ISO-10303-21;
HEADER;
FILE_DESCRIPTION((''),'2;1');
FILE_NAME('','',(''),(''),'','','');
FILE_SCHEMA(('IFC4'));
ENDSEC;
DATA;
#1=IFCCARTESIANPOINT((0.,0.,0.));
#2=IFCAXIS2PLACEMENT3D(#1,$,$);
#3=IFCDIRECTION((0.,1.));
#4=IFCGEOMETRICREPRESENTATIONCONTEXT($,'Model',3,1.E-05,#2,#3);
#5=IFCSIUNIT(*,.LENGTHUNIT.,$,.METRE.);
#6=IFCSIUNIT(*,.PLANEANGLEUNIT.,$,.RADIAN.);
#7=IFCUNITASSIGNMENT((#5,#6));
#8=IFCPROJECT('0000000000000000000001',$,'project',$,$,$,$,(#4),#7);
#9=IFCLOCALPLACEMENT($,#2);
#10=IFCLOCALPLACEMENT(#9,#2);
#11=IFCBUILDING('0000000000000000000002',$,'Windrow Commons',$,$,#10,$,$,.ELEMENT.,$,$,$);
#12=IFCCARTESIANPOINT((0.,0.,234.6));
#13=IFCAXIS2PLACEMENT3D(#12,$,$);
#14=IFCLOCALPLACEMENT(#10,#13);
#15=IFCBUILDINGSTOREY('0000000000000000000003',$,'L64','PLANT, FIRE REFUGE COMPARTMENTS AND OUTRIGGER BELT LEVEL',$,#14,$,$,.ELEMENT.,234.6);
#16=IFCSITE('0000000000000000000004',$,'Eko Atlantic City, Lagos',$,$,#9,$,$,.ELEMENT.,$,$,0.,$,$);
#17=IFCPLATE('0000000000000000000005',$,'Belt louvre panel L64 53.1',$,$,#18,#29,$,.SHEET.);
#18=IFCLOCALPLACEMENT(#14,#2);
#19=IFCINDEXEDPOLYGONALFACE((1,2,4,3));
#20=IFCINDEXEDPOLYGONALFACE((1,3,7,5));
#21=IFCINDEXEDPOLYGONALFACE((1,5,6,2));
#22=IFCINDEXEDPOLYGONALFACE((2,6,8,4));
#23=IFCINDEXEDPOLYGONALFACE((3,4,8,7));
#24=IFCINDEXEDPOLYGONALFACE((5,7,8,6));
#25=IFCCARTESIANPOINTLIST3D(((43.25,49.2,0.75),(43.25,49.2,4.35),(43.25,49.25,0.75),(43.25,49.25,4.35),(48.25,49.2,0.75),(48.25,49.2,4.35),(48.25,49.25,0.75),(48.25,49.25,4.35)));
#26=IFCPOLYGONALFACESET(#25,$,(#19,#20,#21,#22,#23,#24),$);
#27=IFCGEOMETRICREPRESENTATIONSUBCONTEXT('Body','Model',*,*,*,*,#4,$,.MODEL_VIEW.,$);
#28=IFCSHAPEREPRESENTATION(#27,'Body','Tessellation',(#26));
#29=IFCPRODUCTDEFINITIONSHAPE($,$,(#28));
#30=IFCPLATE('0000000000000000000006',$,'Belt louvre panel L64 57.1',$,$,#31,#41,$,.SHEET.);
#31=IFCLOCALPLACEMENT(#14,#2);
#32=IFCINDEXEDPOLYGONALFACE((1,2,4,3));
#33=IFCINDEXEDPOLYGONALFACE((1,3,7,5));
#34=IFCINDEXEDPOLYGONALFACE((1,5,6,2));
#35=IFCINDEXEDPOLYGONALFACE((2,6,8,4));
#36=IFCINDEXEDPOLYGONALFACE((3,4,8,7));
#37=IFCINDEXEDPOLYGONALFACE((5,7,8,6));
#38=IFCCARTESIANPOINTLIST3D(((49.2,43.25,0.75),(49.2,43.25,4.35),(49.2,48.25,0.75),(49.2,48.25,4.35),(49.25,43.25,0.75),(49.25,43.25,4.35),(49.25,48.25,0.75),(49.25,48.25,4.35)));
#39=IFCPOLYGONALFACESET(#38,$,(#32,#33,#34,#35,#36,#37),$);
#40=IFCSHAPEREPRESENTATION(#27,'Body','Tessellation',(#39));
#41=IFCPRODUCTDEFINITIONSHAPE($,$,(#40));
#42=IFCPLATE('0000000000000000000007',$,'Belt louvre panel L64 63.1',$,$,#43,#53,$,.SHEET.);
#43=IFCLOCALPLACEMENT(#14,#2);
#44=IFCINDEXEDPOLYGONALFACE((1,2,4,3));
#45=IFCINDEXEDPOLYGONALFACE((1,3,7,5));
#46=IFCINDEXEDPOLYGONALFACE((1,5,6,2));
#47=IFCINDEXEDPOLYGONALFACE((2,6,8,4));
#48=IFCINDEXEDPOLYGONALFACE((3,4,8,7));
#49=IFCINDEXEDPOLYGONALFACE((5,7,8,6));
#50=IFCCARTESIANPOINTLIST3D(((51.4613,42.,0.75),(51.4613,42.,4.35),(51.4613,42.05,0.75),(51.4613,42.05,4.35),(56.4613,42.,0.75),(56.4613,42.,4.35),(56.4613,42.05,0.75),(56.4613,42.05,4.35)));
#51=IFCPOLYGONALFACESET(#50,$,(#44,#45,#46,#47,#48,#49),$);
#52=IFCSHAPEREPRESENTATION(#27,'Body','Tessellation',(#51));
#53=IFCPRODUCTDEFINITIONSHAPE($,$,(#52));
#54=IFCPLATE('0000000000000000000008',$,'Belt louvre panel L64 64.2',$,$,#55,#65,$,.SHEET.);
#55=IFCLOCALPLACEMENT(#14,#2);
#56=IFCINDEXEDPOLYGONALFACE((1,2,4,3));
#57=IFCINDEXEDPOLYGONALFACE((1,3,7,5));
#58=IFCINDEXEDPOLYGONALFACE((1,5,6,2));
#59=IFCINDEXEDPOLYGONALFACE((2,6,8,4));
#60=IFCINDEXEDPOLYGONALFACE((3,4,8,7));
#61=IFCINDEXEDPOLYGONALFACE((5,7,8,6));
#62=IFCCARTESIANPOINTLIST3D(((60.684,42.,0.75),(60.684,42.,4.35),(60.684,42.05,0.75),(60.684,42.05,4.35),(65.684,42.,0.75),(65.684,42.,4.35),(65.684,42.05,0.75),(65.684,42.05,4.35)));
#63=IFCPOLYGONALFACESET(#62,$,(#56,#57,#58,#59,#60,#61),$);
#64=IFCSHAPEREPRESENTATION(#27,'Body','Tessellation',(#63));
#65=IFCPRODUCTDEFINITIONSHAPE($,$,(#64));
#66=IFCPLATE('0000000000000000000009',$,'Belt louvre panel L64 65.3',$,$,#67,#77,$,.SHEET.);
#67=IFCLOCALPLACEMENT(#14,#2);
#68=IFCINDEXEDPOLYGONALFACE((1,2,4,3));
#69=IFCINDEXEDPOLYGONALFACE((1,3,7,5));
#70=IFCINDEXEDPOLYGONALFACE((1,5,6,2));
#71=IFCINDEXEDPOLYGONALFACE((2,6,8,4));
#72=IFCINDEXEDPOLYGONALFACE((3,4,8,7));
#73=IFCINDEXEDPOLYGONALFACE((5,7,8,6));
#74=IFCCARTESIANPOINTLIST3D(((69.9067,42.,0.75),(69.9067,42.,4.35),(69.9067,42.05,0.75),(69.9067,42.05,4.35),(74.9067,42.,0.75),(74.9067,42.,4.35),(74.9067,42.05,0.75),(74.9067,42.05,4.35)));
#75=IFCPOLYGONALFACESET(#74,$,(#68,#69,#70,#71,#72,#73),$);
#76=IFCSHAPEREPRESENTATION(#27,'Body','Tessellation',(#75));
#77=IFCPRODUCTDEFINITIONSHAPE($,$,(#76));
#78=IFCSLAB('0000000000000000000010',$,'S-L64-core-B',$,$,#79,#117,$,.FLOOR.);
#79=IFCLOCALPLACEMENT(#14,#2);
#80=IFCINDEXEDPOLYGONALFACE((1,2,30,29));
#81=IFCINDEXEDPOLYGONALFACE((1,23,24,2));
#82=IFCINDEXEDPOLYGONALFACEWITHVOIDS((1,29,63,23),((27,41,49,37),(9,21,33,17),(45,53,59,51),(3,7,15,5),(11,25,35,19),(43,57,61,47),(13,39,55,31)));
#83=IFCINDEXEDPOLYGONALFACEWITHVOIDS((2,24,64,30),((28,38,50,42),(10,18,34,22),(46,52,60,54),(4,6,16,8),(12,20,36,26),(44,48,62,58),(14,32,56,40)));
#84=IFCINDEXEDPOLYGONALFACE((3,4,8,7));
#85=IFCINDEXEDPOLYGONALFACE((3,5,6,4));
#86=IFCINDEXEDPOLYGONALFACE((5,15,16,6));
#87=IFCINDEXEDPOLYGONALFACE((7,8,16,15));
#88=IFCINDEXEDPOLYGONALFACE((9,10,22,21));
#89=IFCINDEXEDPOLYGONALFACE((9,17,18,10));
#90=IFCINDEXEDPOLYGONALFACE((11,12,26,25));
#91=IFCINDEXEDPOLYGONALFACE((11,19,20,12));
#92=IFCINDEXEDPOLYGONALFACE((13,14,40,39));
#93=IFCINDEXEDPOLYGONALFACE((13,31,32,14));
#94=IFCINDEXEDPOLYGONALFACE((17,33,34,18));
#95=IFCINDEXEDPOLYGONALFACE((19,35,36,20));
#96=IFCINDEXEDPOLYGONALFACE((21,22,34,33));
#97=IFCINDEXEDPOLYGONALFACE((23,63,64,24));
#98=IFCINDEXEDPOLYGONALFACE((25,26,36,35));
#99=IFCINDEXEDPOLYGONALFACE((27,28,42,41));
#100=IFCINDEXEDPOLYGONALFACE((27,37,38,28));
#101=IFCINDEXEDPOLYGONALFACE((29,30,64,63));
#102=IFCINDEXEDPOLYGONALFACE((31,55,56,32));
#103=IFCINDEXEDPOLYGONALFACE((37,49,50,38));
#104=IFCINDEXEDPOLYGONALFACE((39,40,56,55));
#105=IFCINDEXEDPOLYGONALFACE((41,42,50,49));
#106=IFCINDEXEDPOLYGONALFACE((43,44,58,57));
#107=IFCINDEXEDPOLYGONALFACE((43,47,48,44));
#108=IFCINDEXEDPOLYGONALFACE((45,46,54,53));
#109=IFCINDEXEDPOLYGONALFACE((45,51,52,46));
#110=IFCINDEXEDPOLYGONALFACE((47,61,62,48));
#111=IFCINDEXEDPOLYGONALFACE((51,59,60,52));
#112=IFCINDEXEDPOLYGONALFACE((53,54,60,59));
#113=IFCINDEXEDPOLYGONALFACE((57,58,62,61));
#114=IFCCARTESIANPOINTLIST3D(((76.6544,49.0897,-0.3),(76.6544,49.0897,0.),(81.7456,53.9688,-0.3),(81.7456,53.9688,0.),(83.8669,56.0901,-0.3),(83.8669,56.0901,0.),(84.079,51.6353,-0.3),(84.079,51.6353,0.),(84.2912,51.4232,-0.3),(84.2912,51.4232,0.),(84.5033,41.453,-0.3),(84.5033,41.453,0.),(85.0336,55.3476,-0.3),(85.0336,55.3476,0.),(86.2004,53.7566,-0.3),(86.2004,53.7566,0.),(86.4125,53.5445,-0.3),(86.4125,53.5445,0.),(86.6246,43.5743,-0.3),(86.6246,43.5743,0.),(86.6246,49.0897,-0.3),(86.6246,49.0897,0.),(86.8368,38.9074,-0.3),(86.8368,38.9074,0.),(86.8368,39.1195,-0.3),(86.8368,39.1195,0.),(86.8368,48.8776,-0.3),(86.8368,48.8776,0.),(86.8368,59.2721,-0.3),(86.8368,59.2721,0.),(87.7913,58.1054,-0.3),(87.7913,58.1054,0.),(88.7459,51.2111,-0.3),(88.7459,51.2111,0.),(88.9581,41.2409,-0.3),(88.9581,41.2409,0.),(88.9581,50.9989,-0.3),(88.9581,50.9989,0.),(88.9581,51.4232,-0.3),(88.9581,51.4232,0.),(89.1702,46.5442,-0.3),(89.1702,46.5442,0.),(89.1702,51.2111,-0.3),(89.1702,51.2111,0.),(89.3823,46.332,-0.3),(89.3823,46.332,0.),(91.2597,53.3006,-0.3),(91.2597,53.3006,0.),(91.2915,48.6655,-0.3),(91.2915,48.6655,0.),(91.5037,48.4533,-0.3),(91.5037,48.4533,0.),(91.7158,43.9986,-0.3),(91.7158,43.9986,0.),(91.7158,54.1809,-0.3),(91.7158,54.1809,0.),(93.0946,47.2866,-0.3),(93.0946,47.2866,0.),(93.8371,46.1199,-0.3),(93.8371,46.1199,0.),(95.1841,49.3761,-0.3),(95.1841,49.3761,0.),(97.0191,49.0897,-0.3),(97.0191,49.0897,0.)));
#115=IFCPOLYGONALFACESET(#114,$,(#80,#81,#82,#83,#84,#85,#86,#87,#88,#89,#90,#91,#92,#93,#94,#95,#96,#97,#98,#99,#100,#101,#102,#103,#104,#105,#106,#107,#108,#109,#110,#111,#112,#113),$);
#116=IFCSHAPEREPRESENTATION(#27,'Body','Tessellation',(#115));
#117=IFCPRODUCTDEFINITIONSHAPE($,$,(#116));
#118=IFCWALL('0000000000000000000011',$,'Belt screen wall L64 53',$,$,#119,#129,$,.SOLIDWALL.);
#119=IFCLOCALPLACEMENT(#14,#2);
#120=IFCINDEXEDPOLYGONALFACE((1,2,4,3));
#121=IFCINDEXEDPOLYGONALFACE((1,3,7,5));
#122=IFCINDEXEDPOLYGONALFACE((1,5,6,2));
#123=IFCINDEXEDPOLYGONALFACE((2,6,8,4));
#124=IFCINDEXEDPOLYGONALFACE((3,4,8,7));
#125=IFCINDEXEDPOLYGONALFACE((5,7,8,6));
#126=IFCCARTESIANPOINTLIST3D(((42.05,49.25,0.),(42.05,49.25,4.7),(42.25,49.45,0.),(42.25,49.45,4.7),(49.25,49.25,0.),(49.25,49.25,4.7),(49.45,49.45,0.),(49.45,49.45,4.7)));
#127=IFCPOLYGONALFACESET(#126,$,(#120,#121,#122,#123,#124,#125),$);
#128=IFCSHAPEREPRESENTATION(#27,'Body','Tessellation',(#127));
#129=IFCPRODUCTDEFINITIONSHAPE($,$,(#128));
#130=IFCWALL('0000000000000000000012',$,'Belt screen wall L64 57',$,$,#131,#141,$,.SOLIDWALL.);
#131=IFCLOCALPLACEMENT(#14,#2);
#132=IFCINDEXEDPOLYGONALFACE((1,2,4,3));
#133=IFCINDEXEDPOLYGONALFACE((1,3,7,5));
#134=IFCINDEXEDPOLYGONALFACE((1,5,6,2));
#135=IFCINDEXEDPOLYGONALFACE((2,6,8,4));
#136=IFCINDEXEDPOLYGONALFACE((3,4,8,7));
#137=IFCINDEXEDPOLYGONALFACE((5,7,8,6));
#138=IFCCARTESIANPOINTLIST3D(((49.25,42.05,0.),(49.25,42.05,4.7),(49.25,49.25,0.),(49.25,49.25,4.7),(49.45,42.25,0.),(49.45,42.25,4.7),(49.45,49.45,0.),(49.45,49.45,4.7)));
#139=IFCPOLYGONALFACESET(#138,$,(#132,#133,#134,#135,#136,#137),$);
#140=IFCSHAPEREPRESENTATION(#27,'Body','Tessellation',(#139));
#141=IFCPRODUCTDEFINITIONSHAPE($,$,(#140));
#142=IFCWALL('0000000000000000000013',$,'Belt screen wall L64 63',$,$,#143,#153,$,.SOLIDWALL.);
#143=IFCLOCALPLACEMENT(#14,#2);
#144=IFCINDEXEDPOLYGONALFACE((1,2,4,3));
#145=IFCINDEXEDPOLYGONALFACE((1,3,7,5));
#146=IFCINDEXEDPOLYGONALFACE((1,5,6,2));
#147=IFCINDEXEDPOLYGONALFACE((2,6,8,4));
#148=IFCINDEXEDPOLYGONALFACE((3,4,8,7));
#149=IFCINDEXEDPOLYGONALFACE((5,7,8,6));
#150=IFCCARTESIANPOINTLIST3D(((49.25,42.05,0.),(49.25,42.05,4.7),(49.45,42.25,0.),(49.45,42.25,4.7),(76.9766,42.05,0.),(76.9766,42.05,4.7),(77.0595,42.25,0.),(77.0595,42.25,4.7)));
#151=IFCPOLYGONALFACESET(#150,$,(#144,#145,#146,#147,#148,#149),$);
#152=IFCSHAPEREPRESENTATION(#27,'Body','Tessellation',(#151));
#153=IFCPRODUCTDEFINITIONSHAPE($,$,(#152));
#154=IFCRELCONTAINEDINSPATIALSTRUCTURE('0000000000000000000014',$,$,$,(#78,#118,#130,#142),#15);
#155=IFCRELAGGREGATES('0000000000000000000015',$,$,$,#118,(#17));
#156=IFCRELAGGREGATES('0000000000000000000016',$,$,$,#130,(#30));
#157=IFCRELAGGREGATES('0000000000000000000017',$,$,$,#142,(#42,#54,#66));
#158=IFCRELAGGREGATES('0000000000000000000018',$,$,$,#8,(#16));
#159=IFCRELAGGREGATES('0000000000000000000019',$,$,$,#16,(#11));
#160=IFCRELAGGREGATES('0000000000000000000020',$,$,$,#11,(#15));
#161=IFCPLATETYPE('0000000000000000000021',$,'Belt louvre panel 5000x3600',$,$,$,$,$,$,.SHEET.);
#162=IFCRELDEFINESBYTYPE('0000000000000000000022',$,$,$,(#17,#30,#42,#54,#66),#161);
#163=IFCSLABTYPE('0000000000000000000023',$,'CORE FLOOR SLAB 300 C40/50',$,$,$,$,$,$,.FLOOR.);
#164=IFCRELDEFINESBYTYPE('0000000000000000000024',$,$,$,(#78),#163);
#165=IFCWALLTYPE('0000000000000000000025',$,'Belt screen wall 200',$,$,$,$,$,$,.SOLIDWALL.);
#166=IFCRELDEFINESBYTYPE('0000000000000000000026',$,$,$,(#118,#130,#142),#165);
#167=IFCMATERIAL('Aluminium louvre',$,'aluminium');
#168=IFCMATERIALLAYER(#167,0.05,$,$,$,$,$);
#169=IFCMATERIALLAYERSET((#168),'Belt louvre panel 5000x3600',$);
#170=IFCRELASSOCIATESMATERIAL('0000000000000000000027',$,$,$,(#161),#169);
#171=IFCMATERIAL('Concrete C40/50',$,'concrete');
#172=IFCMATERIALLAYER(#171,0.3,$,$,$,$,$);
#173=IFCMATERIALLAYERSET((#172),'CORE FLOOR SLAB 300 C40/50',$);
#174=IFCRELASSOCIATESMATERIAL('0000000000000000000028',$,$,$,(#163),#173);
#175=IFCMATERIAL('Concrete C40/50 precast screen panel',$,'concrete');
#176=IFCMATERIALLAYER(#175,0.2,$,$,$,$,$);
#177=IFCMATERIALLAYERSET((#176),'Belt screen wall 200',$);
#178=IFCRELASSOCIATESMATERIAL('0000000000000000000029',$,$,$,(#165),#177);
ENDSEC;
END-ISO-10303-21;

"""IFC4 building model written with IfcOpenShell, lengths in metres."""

from ifc_helpers import new_model, si_unit, direction, frame, origin, place, context, subcontext, project, spatial, polyline, outline, extrude, material, layer, layer_set, type_object, element, aggregate, save


model = new_model("IFC4")

# Units and contexts
model_context = context("Model", 3, precision=1e-05, world=origin(), true_north=direction((0.0, 1.0)))
body_context = subcontext(model_context, "Body", "Model", "MODEL_VIEW")
ifc_project = project(units=[si_unit("LENGTHUNIT", "METRE"), si_unit("PLANEANGLEUNIT", "RADIAN")], contexts=[model_context])

# Plates
ifc_material_1 = material(Name="Aluminium louvre", Category="aluminium")
ifc_layer_1 = layer(ifc_material_1, 0.05)
ifc_layer_set_1 = layer_set([ifc_layer_1], Name="Belt louvre panel 5000x3600")
plate_type = type_object("IfcPlateType", Name="Belt louvre panel 5000x3600", PredefinedType="SHEET", material=ifc_layer_set_1)
site_placement = place(None, origin())
building_placement = place(site_placement, origin())
storey_placement = place(building_placement, frame((0.0, 0.0, 234.6)))
plate_1_placement = place(storey_placement, frame((43.25, 49.2, 0.75), z_axis=(0.0, -1.0, 0.0), x_axis=(1.0, 0.0, 0.0)))
plate_1 = element("IfcPlate", 1, at=plate_1_placement, type_object=plate_type, Name="Belt louvre panel L64 53.1", PredefinedType="SHEET", context=body_context, shape_type="SweptSolid", body=[
    extrude(outline(polyline([(0.0, 0.0), (5.0, 0.0), (5.0, 3.6), (0.0, 3.6), (0.0, 0.0)])), origin(), (0.0, 0.0, -1.0), 0.05),
])
plate_2_placement = place(storey_placement, frame((49.2, 48.25, 0.75), z_axis=(-1.0, 0.0, 0.0), x_axis=(0.0, -1.0, 0.0)))
plate_2 = element("IfcPlate", 2, at=plate_2_placement, type_object=plate_type, Name="Belt louvre panel L64 57.1", PredefinedType="SHEET", context=body_context, shape_type="SweptSolid", body=[
    extrude(outline(polyline([(0.0, 0.0), (5.0, 0.0), (5.0, 3.6), (0.0, 3.6), (0.0, 0.0)])), origin(), (0.0, 0.0, -1.0), 0.05),
])
plate_3_placement = place(storey_placement, frame((51.4613, 42.0, 0.75), z_axis=(0.0, -1.0, 0.0), x_axis=(1.0, 0.0, 0.0)))
plate_3 = element("IfcPlate", 3, at=plate_3_placement, type_object=plate_type, Name="Belt louvre panel L64 63.1", PredefinedType="SHEET", context=body_context, shape_type="SweptSolid", body=[
    extrude(outline(polyline([(0.0, 0.0), (5.0, 0.0), (5.0, 3.6), (0.0, 3.6), (0.0, 0.0)])), origin(), (0.0, 0.0, -1.0), 0.05),
])
plate_4_placement = place(storey_placement, frame((60.684, 42.0, 0.75), z_axis=(0.0, -1.0, 0.0), x_axis=(1.0, 0.0, 0.0)))
plate_4 = element("IfcPlate", 4, at=plate_4_placement, type_object=plate_type, Name="Belt louvre panel L64 64.2", PredefinedType="SHEET", context=body_context, shape_type="SweptSolid", body=[
    extrude(outline(polyline([(0.0, 0.0), (5.0, 0.0), (5.0, 3.6), (0.0, 3.6), (0.0, 0.0)])), origin(), (0.0, 0.0, -1.0), 0.05),
])
plate_5_placement = place(storey_placement, frame((69.9067, 42.0, 0.75), z_axis=(0.0, -1.0, 0.0), x_axis=(1.0, 0.0, 0.0)))
plate_5 = element("IfcPlate", 5, at=plate_5_placement, type_object=plate_type, Name="Belt louvre panel L64 65.3", PredefinedType="SHEET", context=body_context, shape_type="SweptSolid", body=[
    extrude(outline(polyline([(0.0, 0.0), (5.0, 0.0), (5.0, 3.6), (0.0, 3.6), (0.0, 0.0)])), origin(), (0.0, 0.0, -1.0), 0.05),
])

# Site, building, storey
site = spatial("IfcSite", under=ifc_project, at=site_placement, Name="Eko Atlantic City, Lagos", CompositionType="ELEMENT", RefElevation=0.0)
building = spatial("IfcBuilding", under=site, at=building_placement, Name="Windrow Commons", CompositionType="ELEMENT")
storey = spatial("IfcBuildingStorey", under=building, at=storey_placement, Name="L64", Description="PLANT, FIRE REFUGE COMPARTMENTS AND OUTRIGGER BELT LEVEL", CompositionType="ELEMENT", Elevation=234.6)

# Slab, openings
ifc_material_2 = material(Name="Concrete C40/50", Category="concrete")
ifc_layer_2 = layer(ifc_material_2, 0.3)
ifc_layer_set_2 = layer_set([ifc_layer_2], Name="CORE FLOOR SLAB 300 C40/50")
slab_type_1 = type_object("IfcSlabType", Name="CORE FLOOR SLAB 300 C40/50", PredefinedType="FLOOR", material=ifc_layer_set_2)
placement_1 = place(storey_placement, frame((0.0, 0.0, -0.3)))
slab_1 = element("IfcSlab", 6, at=placement_1, inside=storey, type_object=slab_type_1, Name="S-L64-core-B", PredefinedType="FLOOR", context=body_context, shape_type="SweptSolid", body=[
    extrude(outline(polyline([(76.6544, 49.0897), (86.8368, 38.9074), (97.0191, 49.0897), (86.8368, 59.2721), (76.6544, 49.0897)]), holes=[polyline([(84.5033, 41.453), (86.8368, 39.1195), (88.9581, 41.2409), (86.6246, 43.5743), (84.5033, 41.453)]), polyline([(81.7456, 53.9688), (84.079, 51.6353), (86.2004, 53.7566), (83.8669, 56.0901), (81.7456, 53.9688)]), polyline([(84.2912, 51.4232), (86.6246, 49.0897), (88.7459, 51.2111), (86.4125, 53.5445), (84.2912, 51.4232)]), polyline([(86.8368, 48.8776), (89.1702, 46.5442), (91.2915, 48.6655), (88.9581, 50.9989), (86.8368, 48.8776)]), polyline([(89.3823, 46.332), (91.7158, 43.9986), (93.8371, 46.1199), (91.5037, 48.4533), (89.3823, 46.332)]), polyline([(85.0336, 55.3476), (88.9581, 51.4232), (91.7158, 54.1809), (87.7913, 58.1054), (85.0336, 55.3476)]), polyline([(89.1702, 51.2111), (93.0946, 47.2866), (95.1841, 49.3761), (91.2597, 53.3006), (89.1702, 51.2111)])]), origin(), (0.0, 0.0, 1.0), 0.3),
])
opening_1_placement = place(placement_1, origin())
element("IfcOpeningElement", 7, at=opening_1_placement, cuts=slab_1, PredefinedType="OPENING", context=body_context, shape_type="SweptSolid", body=[
    extrude(outline(polyline([(84.5104, 41.453), (86.6246, 43.5672), (88.951, 41.2409), (86.8368, 39.1266), (84.5104, 41.453)])), origin(), (0.0, 0.0, 1.0), 0.3),
])
opening_2_placement = place(placement_1, origin())
element("IfcOpeningElement", 8, at=opening_2_placement, cuts=slab_1, PredefinedType="OPENING", context=body_context, shape_type="SweptSolid", body=[
    extrude(outline(polyline([(81.7527, 53.9688), (83.8669, 56.083), (86.1933, 53.7566), (84.079, 51.6424), (81.7527, 53.9688)])), origin(), (0.0, 0.0, 1.0), 0.3),
])
opening_3_placement = place(placement_1, origin())
element("IfcOpeningElement", 9, at=opening_3_placement, cuts=slab_1, PredefinedType="OPENING", context=body_context, shape_type="SweptSolid", body=[
    extrude(outline(polyline([(84.2983, 51.4232), (86.4125, 53.5374), (88.7388, 51.2111), (86.6246, 49.0968), (84.2983, 51.4232)])), origin(), (0.0, 0.0, 1.0), 0.3),
])
opening_4_placement = place(placement_1, origin())
element("IfcOpeningElement", 10, at=opening_4_placement, cuts=slab_1, PredefinedType="OPENING", context=body_context, shape_type="SweptSolid", body=[
    extrude(outline(polyline([(86.8439, 48.8776), (88.9581, 50.9918), (91.2844, 48.6655), (89.1702, 46.5513), (86.8439, 48.8776)])), origin(), (0.0, 0.0, 1.0), 0.3),
])
opening_5_placement = place(placement_1, origin())
element("IfcOpeningElement", 11, at=opening_5_placement, cuts=slab_1, PredefinedType="OPENING", context=body_context, shape_type="SweptSolid", body=[
    extrude(outline(polyline([(89.3894, 46.332), (91.5037, 48.4462), (93.83, 46.1199), (91.7158, 44.0057), (89.3894, 46.332)])), origin(), (0.0, 0.0, 1.0), 0.3),
])
opening_6_placement = place(placement_1, origin())
element("IfcOpeningElement", 12, at=opening_6_placement, cuts=slab_1, PredefinedType="OPENING", context=body_context, shape_type="SweptSolid", body=[
    extrude(outline(polyline([(85.0407, 55.3476), (87.7913, 58.0983), (91.7087, 54.1809), (88.9581, 51.4303), (85.0407, 55.3476)])), origin(), (0.0, 0.0, 1.0), 0.3),
])
opening_7_placement = place(placement_1, origin())
element("IfcOpeningElement", 13, at=opening_7_placement, cuts=slab_1, PredefinedType="OPENING", context=body_context, shape_type="SweptSolid", body=[
    extrude(outline(polyline([(89.1773, 51.2111), (91.2597, 53.2935), (95.177, 49.3761), (93.0946, 47.2937), (89.1773, 51.2111)])), origin(), (0.0, 0.0, 1.0), 0.3),
])

# Walls
ifc_material_3 = material(Name="Concrete C40/50 precast screen panel", Category="concrete")
ifc_layer_3 = layer(ifc_material_3, 0.2)
ifc_layer_set_3 = layer_set([ifc_layer_3], Name="Belt screen wall 200")
wall_type = type_object("IfcWallType", Name="Belt screen wall 200", PredefinedType="SOLIDWALL", material=ifc_layer_set_3)
wall_1_placement = place(storey_placement, frame((42.15, 49.35, 0.0), z_axis=(0.0, 0.0, 1.0), x_axis=(1.0, 0.0, 0.0)))
wall_1 = element("IfcWall", 14, at=wall_1_placement, inside=storey, type_object=wall_type, Name="Belt screen wall L64 53", PredefinedType="SOLIDWALL", context=body_context, shape_type="SweptSolid", body=[
    extrude(outline(polyline([(-0.1, -0.1), (7.1, -0.1), (7.3, 0.1), (0.1, 0.1), (-0.1, -0.1)])), origin(), (0.0, 0.0, 1.0), 4.7),
])
aggregate(wall_1, [plate_1])
wall_2_placement = place(storey_placement, frame((49.35, 49.35, 0.0), z_axis=(0.0, 0.0, 1.0), x_axis=(0.0, -1.0, 0.0)))
wall_2 = element("IfcWall", 15, at=wall_2_placement, inside=storey, type_object=wall_type, Name="Belt screen wall L64 57", PredefinedType="SOLIDWALL", context=body_context, shape_type="SweptSolid", body=[
    extrude(outline(polyline([(0.1, -0.1), (7.3, -0.1), (7.1, 0.1), (-0.1, 0.1), (0.1, -0.1)])), origin(), (0.0, 0.0, 1.0), 4.7),
])
aggregate(wall_2, [plate_2])
wall_3_placement = place(storey_placement, frame((49.35, 42.15, 0.0), z_axis=(0.0, 0.0, 1.0), x_axis=(1.0, 0.0, 0.0)))
wall_3 = element("IfcWall", 16, at=wall_3_placement, inside=storey, type_object=wall_type, Name="Belt screen wall L64 63", PredefinedType="SOLIDWALL", context=body_context, shape_type="SweptSolid", body=[
    extrude(outline(polyline([(-0.1, -0.1), (27.6266, -0.1), (27.7095, 0.1), (0.1, 0.1), (-0.1, -0.1)])), origin(), (0.0, 0.0, 1.0), 4.7),
])
aggregate(wall_3, [plate_3, plate_4, plate_5])

save(model, "model.ifc")
